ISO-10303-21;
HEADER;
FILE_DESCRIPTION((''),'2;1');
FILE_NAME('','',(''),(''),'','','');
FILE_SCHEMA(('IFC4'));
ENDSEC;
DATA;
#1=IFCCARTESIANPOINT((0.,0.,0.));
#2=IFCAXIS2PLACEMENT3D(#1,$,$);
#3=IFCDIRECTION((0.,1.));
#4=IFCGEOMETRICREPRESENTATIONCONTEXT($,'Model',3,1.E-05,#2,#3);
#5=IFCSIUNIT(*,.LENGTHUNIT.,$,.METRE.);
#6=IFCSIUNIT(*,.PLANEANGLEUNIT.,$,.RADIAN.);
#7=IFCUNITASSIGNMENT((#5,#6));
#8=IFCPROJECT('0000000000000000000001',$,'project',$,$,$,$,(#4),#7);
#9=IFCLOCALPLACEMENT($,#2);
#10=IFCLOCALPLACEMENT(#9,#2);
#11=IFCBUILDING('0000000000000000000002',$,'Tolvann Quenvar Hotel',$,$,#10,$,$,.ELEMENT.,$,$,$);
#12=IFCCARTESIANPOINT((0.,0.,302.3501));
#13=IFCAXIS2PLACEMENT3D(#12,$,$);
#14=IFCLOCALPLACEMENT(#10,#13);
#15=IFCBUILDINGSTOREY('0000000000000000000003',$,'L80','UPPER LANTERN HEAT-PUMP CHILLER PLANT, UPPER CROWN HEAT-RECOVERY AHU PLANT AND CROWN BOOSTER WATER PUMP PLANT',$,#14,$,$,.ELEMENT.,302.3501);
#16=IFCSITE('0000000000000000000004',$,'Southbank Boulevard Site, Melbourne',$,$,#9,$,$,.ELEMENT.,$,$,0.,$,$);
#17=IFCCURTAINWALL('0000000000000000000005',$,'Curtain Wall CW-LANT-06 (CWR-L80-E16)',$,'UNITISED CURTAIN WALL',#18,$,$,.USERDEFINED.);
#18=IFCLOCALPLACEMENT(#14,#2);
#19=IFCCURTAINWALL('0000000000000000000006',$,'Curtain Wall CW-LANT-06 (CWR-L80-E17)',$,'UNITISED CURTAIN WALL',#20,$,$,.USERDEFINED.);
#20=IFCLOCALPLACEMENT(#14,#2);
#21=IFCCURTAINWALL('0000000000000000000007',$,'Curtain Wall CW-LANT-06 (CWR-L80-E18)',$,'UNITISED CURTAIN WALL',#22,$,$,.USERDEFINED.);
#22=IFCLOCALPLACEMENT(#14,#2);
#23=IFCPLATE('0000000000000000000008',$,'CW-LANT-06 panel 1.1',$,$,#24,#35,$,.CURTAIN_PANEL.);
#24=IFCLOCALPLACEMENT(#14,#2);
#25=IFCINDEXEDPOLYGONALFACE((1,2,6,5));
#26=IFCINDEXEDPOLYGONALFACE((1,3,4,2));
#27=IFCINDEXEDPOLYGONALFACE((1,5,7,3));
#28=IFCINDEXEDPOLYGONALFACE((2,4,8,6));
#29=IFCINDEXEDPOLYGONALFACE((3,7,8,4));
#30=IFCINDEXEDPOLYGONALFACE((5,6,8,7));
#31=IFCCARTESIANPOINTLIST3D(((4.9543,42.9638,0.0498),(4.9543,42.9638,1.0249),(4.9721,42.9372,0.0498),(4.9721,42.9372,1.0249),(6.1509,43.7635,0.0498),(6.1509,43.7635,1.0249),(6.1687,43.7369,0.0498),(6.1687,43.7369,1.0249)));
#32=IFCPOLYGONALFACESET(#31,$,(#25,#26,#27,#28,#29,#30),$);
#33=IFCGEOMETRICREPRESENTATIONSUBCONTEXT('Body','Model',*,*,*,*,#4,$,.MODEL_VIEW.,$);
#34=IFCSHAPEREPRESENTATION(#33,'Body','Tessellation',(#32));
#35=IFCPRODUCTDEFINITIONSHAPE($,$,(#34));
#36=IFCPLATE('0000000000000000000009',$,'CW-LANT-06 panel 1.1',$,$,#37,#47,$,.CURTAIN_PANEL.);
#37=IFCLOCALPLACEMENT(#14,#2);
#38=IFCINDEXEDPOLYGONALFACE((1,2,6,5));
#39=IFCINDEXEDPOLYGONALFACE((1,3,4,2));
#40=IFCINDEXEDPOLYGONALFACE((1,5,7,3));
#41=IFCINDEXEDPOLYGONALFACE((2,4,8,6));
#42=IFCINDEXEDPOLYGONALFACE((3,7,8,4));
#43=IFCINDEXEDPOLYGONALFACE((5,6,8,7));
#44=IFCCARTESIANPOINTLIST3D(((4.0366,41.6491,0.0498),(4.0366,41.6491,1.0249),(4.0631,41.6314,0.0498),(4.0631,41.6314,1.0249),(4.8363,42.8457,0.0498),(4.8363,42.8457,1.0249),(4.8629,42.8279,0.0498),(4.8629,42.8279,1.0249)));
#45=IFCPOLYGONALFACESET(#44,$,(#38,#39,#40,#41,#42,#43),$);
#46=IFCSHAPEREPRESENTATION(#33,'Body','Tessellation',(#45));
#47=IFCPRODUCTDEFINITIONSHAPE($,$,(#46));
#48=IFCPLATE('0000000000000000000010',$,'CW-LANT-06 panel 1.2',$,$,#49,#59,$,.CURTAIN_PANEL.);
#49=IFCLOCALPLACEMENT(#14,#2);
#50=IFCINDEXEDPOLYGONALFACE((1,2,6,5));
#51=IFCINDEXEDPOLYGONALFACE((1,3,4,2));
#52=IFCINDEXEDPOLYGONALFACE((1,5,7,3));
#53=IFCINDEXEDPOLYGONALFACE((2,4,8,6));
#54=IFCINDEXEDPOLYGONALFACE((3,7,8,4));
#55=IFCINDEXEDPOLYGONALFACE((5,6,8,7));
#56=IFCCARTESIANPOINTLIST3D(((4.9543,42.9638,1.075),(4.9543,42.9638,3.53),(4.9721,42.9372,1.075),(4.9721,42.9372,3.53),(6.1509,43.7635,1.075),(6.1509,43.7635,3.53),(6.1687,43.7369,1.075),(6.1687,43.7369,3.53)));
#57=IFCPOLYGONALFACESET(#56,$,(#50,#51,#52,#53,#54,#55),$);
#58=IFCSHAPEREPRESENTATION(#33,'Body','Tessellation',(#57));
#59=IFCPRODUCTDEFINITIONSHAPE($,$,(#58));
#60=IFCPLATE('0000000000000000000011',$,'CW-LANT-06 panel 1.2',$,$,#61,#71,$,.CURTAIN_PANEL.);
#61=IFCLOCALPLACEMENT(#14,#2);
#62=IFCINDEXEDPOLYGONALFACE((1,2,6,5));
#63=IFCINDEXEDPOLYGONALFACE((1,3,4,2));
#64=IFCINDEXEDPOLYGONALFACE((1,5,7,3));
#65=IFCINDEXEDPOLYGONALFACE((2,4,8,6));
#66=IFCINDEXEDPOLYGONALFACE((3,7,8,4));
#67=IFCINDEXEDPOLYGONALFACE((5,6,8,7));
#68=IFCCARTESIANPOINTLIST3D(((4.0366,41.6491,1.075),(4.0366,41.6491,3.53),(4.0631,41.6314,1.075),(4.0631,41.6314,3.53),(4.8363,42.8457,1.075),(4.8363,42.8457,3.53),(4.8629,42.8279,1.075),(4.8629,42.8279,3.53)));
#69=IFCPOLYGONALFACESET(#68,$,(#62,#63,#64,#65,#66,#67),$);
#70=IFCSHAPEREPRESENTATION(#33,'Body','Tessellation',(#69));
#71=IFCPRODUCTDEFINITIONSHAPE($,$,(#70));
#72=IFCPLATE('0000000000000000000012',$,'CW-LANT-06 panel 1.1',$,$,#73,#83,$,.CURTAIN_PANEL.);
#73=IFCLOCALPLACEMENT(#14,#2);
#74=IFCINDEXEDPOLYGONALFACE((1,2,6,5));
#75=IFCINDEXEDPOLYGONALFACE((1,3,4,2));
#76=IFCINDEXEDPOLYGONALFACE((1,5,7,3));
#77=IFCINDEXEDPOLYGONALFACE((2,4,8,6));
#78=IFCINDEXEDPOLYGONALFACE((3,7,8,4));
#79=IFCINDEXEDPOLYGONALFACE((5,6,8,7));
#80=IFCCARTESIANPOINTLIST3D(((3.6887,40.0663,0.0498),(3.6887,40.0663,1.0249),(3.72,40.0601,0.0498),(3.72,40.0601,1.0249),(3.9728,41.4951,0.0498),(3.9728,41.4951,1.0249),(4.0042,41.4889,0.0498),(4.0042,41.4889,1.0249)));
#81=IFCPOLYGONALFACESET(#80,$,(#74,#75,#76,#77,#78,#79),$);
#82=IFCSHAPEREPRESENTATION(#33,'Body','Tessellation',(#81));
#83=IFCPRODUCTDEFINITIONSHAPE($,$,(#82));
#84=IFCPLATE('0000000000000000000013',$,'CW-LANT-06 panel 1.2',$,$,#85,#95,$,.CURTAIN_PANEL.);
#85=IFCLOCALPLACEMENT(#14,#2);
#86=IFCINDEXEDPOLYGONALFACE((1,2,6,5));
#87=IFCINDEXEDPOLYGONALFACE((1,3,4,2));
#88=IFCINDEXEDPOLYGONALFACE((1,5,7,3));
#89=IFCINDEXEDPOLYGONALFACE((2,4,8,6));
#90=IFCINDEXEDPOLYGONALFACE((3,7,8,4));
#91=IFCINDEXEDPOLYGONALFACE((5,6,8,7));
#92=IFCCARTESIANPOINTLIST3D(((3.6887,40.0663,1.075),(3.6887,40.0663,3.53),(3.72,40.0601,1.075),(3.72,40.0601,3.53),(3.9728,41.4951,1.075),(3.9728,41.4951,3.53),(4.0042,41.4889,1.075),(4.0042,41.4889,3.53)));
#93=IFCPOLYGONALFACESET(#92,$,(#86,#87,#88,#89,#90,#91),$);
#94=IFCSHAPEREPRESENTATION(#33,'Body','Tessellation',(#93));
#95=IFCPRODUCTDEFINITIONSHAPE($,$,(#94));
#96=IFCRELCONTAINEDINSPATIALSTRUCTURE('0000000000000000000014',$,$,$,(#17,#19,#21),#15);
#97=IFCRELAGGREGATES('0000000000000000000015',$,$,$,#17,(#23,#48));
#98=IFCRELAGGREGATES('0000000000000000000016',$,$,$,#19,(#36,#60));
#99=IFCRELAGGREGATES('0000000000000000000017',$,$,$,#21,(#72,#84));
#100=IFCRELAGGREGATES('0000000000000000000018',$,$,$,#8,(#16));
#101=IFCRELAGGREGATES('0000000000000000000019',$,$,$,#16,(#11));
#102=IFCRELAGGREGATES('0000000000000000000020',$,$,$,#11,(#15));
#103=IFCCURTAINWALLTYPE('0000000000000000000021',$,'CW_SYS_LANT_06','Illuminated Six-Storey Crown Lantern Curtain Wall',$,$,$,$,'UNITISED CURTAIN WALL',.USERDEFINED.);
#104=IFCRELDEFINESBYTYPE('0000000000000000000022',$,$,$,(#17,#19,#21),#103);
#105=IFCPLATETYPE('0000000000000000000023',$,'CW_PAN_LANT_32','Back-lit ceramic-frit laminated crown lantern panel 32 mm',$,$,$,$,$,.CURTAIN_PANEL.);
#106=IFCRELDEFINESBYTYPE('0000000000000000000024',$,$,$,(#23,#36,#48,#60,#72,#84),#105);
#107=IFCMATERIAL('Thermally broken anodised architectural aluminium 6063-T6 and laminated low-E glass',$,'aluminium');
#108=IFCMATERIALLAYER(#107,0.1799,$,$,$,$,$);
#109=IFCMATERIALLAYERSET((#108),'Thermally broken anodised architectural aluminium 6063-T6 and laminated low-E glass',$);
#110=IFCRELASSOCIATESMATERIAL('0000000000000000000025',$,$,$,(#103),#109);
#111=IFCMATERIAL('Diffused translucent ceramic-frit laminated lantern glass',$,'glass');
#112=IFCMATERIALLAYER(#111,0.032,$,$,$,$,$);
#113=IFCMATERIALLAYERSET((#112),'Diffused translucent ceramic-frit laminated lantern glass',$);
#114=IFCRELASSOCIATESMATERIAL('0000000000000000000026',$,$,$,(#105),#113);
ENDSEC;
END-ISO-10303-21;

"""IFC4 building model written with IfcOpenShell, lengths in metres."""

from ifc_helpers import new_model, si_unit, direction, frame, origin, origin_2d, place, context, subcontext, project, spatial, rectangle, extrude, source, transform, mapped, material, layer, layer_set, type_object, type_shapes, element, aggregate, save


model = new_model("IFC4")

# Units and contexts
model_context = context("Model", 3, precision=1e-05, world=origin(), true_north=direction((0.0, 1.0)))
body_context = subcontext(model_context, "Body", "Model", "MODEL_VIEW")
ifc_project = project(units=[si_unit("LENGTHUNIT", "METRE"), si_unit("PLANEANGLEUNIT", "RADIAN")], contexts=[model_context])

# Site, building, storey
site_placement = place(None, origin())
site = spatial("IfcSite", under=ifc_project, at=site_placement, Name="Southbank Boulevard Site, Melbourne", CompositionType="ELEMENT", RefElevation=0.0)
building_placement = place(site_placement, origin())
building = spatial("IfcBuilding", under=site, at=building_placement, Name="Tolvann Quenvar Hotel", CompositionType="ELEMENT")
storey_placement = place(building_placement, frame((0.0, 0.0, 302.3501)))
storey = spatial("IfcBuildingStorey", under=building, at=storey_placement, Name="L80", Description="UPPER LANTERN HEAT-PUMP CHILLER PLANT, UPPER CROWN HEAT-RECOVERY AHU PLANT AND CROWN BOOSTER WATER PUMP PLANT", CompositionType="ELEMENT", Elevation=302.3501)

# Curtain walls
ifc_material_1 = material(Name="Thermally broken anodised architectural aluminium 6063-T6 and laminated low-E glass", Category="aluminium")
ifc_layer_1 = layer(ifc_material_1, 0.1799)
ifc_layer_set_1 = layer_set([ifc_layer_1], Name="Thermally broken anodised architectural aluminium 6063-T6 and laminated low-E glass")
curtain_wall_type = type_object("IfcCurtainWallType", Name="CW_SYS_LANT_06", Description="Illuminated Six-Storey Crown Lantern Curtain Wall", ElementType="UNITISED CURTAIN WALL", PredefinedType="USERDEFINED", material=ifc_layer_set_1)
curtain_wall_1_placement = place(storey_placement, origin())
curtain_wall_1 = element("IfcCurtainWall", 1, at=curtain_wall_1_placement, inside=storey, type_object=curtain_wall_type, Name="Curtain Wall CW-LANT-06 (CWR-L80-E16)", ObjectType="UNITISED CURTAIN WALL", PredefinedType="USERDEFINED")
curtain_wall_2_placement = place(storey_placement, origin())
curtain_wall_2 = element("IfcCurtainWall", 2, at=curtain_wall_2_placement, inside=storey, type_object=curtain_wall_type, Name="Curtain Wall CW-LANT-06 (CWR-L80-E17)", ObjectType="UNITISED CURTAIN WALL", PredefinedType="USERDEFINED")
curtain_wall_3_placement = place(storey_placement, origin())
curtain_wall_3 = element("IfcCurtainWall", 3, at=curtain_wall_3_placement, inside=storey, type_object=curtain_wall_type, Name="Curtain Wall CW-LANT-06 (CWR-L80-E18)", ObjectType="UNITISED CURTAIN WALL", PredefinedType="USERDEFINED")

# Plates
ifc_material_2 = material(Name="Diffused translucent ceramic-frit laminated lantern glass", Category="glass")
ifc_layer_2 = layer(ifc_material_2, 0.032)
ifc_layer_set_2 = layer_set([ifc_layer_2], Name="Diffused translucent ceramic-frit laminated lantern glass")
plate_type_1 = type_object("IfcPlateType", Name="CW_PAN_LANT_32", Description="Back-lit ceramic-frit laminated crown lantern panel 32 mm", PredefinedType="CURTAIN_PANEL", material=ifc_layer_set_2)
shared_shape_1 = source(origin(), body_context, "Body", "SweptSolid", [
    extrude(rectangle(XDim=1.4392, YDim=0.032, at=origin_2d()), origin(), (0.0, 0.0, 1.0), 0.9751),
])
plate_1_placement = place(storey_placement, frame((5.5615, 43.3503, 0.0498), z_axis=(0.0, 0.0, 1.0), x_axis=(-0.831412, -0.555656, 0.0)))
plate_1 = element("IfcPlate", 4, at=plate_1_placement, type_object=plate_type_1, Name="CW-LANT-06 panel 1.1", PredefinedType="CURTAIN_PANEL", context=body_context, shape_type="MappedRepresentation", body=[
    mapped(shared_shape_1, transform((0.0, 0.0, 0.0), x_axis=(1.0, 0.0, 0.0), y_axis=(0.0, 1.0, 0.0), z_axis=(0.0, 0.0, 1.0), scale=1.0)),
])
plate_2_placement = place(storey_placement, frame((4.4497, 42.2385, 0.0498), z_axis=(0.0, 0.0, 1.0), x_axis=(-0.555656, -0.831412, 0.0)))
plate_2 = element("IfcPlate", 5, at=plate_2_placement, type_object=plate_type_1, Name="CW-LANT-06 panel 1.1", PredefinedType="CURTAIN_PANEL", context=body_context, shape_type="MappedRepresentation", body=[
    mapped(shared_shape_1, transform((0.0, 0.0, 0.0), x_axis=(1.0, 0.0, 0.0), y_axis=(0.0, 1.0, 0.0), z_axis=(0.0, 0.0, 1.0), scale=1.0)),
])
shared_shape_2 = source(origin(), body_context, "Body", "SweptSolid", [
    extrude(rectangle(XDim=1.4392, YDim=0.032, at=origin_2d()), origin(), (0.0, 0.0, 1.0), 2.4551),
])
plate_3_placement = place(storey_placement, frame((5.5615, 43.3503, 1.075), z_axis=(0.0, 0.0, 1.0), x_axis=(-0.831412, -0.555656, 0.0)))
plate_3 = element("IfcPlate", 6, at=plate_3_placement, type_object=plate_type_1, Name="CW-LANT-06 panel 1.2", PredefinedType="CURTAIN_PANEL", context=body_context, shape_type="MappedRepresentation", body=[
    mapped(shared_shape_2, transform((0.0, 0.0, 0.0), x_axis=(1.0, 0.0, 0.0), y_axis=(0.0, 1.0, 0.0), z_axis=(0.0, 0.0, 1.0), scale=1.0)),
])
aggregate(curtain_wall_1, [plate_1, plate_3])
plate_4_placement = place(storey_placement, frame((4.4497, 42.2385, 1.075), z_axis=(0.0, 0.0, 1.0), x_axis=(-0.555656, -0.831412, 0.0)))
plate_4 = element("IfcPlate", 7, at=plate_4_placement, type_object=plate_type_1, Name="CW-LANT-06 panel 1.2", PredefinedType="CURTAIN_PANEL", context=body_context, shape_type="MappedRepresentation", body=[
    mapped(shared_shape_2, transform((0.0, 0.0, 0.0), x_axis=(1.0, 0.0, 0.0), y_axis=(0.0, 1.0, 0.0), z_axis=(0.0, 0.0, 1.0), scale=1.0)),
])
aggregate(curtain_wall_2, [plate_2, plate_4])
shared_shape_3 = source(origin(), body_context, "Body", "SweptSolid", [
    extrude(rectangle(XDim=1.4568, YDim=0.032, at=origin_2d()), origin(), (0.0, 0.0, 1.0), 0.9751),
])
plate_5_placement = place(storey_placement, frame((3.8464, 40.7776, 0.0498), z_axis=(0.0, 0.0, 1.0), x_axis=(-0.195062, -0.980791, 0.0)))
plate_5 = element("IfcPlate", 8, at=plate_5_placement, type_object=plate_type_1, Name="CW-LANT-06 panel 1.1", PredefinedType="CURTAIN_PANEL", context=body_context, shape_type="MappedRepresentation", body=[
    mapped(shared_shape_3, transform((0.0, 0.0, 0.0), x_axis=(1.0, 0.0, 0.0), y_axis=(0.0, 1.0, 0.0), z_axis=(0.0, 0.0, 1.0), scale=1.0)),
])
shared_shape_4 = source(origin(), body_context, "Body", "SweptSolid", [
    extrude(rectangle(XDim=1.4568, YDim=0.032, at=origin_2d()), origin(), (0.0, 0.0, 1.0), 2.4551),
])
type_shapes(plate_type_1, [shared_shape_1, shared_shape_2, shared_shape_3, shared_shape_4])
plate_6_placement = place(storey_placement, frame((3.8464, 40.7776, 1.075), z_axis=(0.0, 0.0, 1.0), x_axis=(-0.195062, -0.980791, 0.0)))
plate_6 = element("IfcPlate", 9, at=plate_6_placement, type_object=plate_type_1, Name="CW-LANT-06 panel 1.2", PredefinedType="CURTAIN_PANEL", context=body_context, shape_type="MappedRepresentation", body=[
    mapped(shared_shape_4, transform((0.0, 0.0, 0.0), x_axis=(1.0, 0.0, 0.0), y_axis=(0.0, 1.0, 0.0), z_axis=(0.0, 0.0, 1.0), scale=1.0)),
])
aggregate(curtain_wall_3, [plate_5, plate_6])

save(model, "model.ifc")
